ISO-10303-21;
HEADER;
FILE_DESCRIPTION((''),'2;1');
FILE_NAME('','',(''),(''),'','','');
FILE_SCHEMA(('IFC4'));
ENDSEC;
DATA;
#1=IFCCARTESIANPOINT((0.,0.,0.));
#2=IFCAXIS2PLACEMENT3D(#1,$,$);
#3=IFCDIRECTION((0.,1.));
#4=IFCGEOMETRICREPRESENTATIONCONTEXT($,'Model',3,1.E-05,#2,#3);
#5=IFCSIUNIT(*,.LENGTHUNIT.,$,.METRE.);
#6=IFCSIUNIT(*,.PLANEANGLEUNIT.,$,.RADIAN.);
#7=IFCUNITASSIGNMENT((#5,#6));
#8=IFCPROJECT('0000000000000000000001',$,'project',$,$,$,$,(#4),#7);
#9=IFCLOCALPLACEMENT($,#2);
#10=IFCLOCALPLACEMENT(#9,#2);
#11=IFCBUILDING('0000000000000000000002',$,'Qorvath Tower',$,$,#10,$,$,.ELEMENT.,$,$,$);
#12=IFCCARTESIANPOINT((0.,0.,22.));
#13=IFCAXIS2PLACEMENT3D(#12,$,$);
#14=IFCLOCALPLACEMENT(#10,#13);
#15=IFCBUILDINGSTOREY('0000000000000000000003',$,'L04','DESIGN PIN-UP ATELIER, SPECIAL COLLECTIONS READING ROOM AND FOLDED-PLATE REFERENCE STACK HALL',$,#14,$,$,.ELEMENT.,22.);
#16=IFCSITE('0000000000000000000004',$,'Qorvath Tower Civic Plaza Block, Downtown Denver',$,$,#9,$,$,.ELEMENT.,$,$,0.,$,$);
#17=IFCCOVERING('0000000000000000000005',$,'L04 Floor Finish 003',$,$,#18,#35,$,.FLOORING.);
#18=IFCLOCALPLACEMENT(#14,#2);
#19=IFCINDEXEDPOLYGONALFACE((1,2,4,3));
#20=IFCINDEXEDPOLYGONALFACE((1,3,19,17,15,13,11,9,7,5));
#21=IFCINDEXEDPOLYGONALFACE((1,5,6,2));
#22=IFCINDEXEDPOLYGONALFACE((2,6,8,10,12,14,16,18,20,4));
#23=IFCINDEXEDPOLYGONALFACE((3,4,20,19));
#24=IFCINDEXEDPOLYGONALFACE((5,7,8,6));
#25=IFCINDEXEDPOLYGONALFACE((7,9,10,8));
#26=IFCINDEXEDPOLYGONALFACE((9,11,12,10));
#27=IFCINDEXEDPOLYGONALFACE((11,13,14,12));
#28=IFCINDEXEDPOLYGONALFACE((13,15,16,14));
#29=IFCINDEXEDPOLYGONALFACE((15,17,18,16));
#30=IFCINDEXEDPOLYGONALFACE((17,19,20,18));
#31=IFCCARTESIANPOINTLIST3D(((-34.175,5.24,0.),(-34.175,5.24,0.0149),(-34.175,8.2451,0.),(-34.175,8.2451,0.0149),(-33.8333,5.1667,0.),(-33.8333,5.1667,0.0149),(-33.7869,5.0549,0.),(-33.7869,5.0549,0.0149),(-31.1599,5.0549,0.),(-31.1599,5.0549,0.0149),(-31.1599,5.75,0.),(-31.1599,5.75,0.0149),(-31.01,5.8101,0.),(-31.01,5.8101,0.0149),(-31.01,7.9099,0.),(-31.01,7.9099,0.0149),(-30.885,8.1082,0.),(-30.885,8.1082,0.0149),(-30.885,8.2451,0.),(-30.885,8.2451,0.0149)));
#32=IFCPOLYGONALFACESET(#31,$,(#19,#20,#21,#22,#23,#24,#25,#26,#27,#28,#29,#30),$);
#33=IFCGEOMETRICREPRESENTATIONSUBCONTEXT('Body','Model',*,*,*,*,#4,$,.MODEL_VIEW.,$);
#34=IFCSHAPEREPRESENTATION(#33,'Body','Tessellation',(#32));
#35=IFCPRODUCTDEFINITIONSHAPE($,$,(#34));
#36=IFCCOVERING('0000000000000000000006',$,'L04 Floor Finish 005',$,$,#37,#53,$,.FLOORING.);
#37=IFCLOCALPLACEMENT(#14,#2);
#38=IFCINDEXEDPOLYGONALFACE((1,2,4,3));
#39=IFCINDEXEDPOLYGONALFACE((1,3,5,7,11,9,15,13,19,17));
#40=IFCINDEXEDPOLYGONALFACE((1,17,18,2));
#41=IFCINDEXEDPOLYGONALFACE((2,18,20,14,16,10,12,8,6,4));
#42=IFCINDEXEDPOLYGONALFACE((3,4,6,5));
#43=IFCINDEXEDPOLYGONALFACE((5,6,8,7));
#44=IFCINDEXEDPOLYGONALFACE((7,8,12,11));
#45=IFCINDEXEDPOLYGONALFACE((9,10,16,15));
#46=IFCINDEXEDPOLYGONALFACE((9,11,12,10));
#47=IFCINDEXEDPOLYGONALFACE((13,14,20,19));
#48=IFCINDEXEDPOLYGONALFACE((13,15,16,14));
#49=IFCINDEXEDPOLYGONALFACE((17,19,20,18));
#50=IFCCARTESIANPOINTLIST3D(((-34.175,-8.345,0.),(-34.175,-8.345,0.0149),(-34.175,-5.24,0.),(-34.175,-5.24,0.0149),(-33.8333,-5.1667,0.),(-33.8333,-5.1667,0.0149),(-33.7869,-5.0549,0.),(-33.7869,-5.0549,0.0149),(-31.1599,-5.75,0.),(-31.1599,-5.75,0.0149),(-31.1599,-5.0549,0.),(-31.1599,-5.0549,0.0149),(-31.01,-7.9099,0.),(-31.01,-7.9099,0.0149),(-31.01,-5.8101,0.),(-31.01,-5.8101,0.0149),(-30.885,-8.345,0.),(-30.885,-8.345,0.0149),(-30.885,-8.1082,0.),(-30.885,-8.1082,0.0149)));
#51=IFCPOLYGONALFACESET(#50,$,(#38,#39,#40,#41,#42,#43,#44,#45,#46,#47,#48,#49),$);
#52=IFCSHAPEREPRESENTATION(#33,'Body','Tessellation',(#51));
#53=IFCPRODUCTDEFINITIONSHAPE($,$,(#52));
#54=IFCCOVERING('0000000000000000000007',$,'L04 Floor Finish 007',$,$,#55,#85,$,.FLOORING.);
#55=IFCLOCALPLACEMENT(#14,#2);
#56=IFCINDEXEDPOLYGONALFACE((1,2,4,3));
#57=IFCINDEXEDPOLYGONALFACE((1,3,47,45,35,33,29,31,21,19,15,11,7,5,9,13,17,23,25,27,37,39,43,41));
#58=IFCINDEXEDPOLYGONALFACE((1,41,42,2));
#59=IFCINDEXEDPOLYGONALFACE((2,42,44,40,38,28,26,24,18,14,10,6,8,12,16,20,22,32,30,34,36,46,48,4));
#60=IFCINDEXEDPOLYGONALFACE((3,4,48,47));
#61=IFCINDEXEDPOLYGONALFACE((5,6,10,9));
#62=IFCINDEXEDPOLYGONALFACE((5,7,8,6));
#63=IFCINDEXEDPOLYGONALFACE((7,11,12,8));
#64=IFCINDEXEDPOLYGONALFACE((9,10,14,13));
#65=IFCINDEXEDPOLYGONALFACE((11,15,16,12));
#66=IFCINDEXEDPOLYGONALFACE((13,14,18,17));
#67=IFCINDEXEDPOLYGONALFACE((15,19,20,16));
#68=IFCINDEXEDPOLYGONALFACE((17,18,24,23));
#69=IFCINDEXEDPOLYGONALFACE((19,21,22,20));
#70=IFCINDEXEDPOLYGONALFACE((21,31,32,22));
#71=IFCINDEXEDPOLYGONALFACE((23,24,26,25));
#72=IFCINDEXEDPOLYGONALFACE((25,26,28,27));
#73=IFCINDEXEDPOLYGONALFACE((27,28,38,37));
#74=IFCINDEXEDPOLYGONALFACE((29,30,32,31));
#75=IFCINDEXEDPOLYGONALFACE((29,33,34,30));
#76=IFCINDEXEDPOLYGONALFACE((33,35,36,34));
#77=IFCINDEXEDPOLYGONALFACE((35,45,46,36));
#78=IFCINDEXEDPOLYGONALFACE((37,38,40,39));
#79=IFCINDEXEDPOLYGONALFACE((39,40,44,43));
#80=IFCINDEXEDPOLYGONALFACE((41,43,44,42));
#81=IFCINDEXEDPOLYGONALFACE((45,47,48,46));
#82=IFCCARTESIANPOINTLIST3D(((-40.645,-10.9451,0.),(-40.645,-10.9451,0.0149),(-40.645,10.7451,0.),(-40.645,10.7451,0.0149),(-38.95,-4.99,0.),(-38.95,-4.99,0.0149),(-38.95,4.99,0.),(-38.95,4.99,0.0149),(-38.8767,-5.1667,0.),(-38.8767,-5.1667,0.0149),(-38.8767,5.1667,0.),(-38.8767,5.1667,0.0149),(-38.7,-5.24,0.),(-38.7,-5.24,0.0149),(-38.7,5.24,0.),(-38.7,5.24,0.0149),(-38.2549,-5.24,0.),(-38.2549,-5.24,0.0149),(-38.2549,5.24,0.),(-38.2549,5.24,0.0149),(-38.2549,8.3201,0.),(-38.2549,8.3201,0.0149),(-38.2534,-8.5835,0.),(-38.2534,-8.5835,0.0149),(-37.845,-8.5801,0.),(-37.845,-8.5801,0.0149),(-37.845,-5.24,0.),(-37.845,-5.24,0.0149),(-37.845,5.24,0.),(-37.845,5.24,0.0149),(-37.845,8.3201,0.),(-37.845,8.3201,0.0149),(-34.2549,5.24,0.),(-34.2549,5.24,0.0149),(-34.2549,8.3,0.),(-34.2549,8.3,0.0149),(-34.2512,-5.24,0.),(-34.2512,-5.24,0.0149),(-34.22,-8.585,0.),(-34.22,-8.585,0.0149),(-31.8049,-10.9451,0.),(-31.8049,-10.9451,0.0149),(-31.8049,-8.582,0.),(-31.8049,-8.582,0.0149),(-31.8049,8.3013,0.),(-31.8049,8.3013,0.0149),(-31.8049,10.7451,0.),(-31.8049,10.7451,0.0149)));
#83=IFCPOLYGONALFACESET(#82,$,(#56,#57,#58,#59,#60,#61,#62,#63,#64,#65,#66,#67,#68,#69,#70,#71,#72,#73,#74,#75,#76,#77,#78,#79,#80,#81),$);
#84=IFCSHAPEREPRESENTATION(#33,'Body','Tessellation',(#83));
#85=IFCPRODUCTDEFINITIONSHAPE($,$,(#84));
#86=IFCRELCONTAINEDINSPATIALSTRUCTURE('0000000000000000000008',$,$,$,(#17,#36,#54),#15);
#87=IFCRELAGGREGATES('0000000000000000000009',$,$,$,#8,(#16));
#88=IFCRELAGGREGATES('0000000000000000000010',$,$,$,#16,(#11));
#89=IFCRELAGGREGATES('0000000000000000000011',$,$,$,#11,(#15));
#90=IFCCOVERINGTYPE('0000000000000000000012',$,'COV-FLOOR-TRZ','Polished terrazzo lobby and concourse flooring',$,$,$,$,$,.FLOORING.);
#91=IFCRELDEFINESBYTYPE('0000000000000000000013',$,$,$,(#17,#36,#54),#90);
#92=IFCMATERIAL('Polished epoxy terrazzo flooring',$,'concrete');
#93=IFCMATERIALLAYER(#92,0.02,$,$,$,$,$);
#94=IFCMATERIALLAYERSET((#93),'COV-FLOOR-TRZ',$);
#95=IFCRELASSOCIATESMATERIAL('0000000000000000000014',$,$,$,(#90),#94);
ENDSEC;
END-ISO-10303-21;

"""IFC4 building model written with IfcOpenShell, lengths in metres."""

from ifc_helpers import new_model, si_unit, direction, frame, origin, place, context, subcontext, project, spatial, polyline, outline, extrude, material, layer, layer_set, type_object, element, save


model = new_model("IFC4")

# Units and contexts
model_context = context("Model", 3, precision=1e-05, world=origin(), true_north=direction((0.0, 1.0)))
body_context = subcontext(model_context, "Body", "Model", "MODEL_VIEW")
ifc_project = project(units=[si_unit("LENGTHUNIT", "METRE"), si_unit("PLANEANGLEUNIT", "RADIAN")], contexts=[model_context])

# Site, building, storey
site_placement = place(None, origin())
site = spatial("IfcSite", under=ifc_project, at=site_placement, Name="Qorvath Tower Civic Plaza Block, Downtown Denver", CompositionType="ELEMENT", RefElevation=0.0)
building_placement = place(site_placement, origin())
building = spatial("IfcBuilding", under=site, at=building_placement, Name="Qorvath Tower", CompositionType="ELEMENT")
storey_placement = place(building_placement, frame((0.0, 0.0, 22.0)))
storey = spatial("IfcBuildingStorey", under=building, at=storey_placement, Name="L04", Description="DESIGN PIN-UP ATELIER, SPECIAL COLLECTIONS READING ROOM AND FOLDED-PLATE REFERENCE STACK HALL", CompositionType="ELEMENT", Elevation=22.0)

# Coverings
ifc_material_1 = material(Name="Polished epoxy terrazzo flooring", Category="concrete")
ifc_layer_1 = layer(ifc_material_1, 0.02)
ifc_layer_set_1 = layer_set([ifc_layer_1], Name="COV-FLOOR-TRZ")
covering_type_1 = type_object("IfcCoveringType", Name="COV-FLOOR-TRZ", Description="Polished terrazzo lobby and concourse flooring", PredefinedType="FLOORING", material=ifc_layer_set_1)
covering_1_placement = place(storey_placement, origin())
element("IfcCovering", 1, at=covering_1_placement, inside=storey, type_object=covering_type_1, Name="L04 Floor Finish 003", PredefinedType="FLOORING", context=body_context, shape_type="SweptSolid", body=[
    extrude(outline(polyline([(-31.01, 7.9099), (-30.885, 8.1082), (-30.885, 8.2451), (-34.175, 8.2451), (-34.175, 5.24), (-33.8333, 5.1667), (-33.7869, 5.0549), (-31.1599, 5.0549), (-31.1599, 5.75), (-31.01, 5.8101), (-31.01, 7.9099)])), origin(), (0.0, 0.0, 1.0), 0.0149),
])
covering_2_placement = place(storey_placement, origin())
element("IfcCovering", 2, at=covering_2_placement, inside=storey, type_object=covering_type_1, Name="L04 Floor Finish 005", PredefinedType="FLOORING", context=body_context, shape_type="SweptSolid", body=[
    extrude(outline(polyline([(-31.1599, -5.0549), (-33.7869, -5.0549), (-33.8333, -5.1667), (-34.175, -5.24), (-34.175, -8.345), (-30.885, -8.345), (-30.885, -8.1082), (-31.01, -7.9099), (-31.01, -5.8101), (-31.1599, -5.75), (-31.1599, -5.0549)])), origin(), (0.0, 0.0, 1.0), 0.0149),
])
covering_3_placement = place(storey_placement, origin())
element("IfcCovering", 3, at=covering_3_placement, inside=storey, type_object=covering_type_1, Name="L04 Floor Finish 007", PredefinedType="FLOORING", context=body_context, shape_type="SweptSolid", body=[
    extrude(outline(polyline([(-31.8049, -10.9451), (-31.8049, -8.582), (-34.22, -8.585), (-34.2512, -5.24), (-37.845, -5.24), (-37.845, -8.5801), (-38.2534, -8.5835), (-38.2549, -5.24), (-38.7, -5.24), (-38.8767, -5.1667), (-38.95, -4.99), (-38.95, 4.99), (-38.8767, 5.1667), (-38.7, 5.24), (-38.2549, 5.24), (-38.2549, 8.3201), (-37.845, 8.3201), (-37.845, 5.24), (-34.2549, 5.24), (-34.2549, 8.3), (-31.8049, 8.3013), (-31.8049, 10.7451), (-40.645, 10.7451), (-40.645, -10.9451), (-31.8049, -10.9451)])), origin(), (0.0, 0.0, 1.0), 0.0149),
])

save(model, "model.ifc")
